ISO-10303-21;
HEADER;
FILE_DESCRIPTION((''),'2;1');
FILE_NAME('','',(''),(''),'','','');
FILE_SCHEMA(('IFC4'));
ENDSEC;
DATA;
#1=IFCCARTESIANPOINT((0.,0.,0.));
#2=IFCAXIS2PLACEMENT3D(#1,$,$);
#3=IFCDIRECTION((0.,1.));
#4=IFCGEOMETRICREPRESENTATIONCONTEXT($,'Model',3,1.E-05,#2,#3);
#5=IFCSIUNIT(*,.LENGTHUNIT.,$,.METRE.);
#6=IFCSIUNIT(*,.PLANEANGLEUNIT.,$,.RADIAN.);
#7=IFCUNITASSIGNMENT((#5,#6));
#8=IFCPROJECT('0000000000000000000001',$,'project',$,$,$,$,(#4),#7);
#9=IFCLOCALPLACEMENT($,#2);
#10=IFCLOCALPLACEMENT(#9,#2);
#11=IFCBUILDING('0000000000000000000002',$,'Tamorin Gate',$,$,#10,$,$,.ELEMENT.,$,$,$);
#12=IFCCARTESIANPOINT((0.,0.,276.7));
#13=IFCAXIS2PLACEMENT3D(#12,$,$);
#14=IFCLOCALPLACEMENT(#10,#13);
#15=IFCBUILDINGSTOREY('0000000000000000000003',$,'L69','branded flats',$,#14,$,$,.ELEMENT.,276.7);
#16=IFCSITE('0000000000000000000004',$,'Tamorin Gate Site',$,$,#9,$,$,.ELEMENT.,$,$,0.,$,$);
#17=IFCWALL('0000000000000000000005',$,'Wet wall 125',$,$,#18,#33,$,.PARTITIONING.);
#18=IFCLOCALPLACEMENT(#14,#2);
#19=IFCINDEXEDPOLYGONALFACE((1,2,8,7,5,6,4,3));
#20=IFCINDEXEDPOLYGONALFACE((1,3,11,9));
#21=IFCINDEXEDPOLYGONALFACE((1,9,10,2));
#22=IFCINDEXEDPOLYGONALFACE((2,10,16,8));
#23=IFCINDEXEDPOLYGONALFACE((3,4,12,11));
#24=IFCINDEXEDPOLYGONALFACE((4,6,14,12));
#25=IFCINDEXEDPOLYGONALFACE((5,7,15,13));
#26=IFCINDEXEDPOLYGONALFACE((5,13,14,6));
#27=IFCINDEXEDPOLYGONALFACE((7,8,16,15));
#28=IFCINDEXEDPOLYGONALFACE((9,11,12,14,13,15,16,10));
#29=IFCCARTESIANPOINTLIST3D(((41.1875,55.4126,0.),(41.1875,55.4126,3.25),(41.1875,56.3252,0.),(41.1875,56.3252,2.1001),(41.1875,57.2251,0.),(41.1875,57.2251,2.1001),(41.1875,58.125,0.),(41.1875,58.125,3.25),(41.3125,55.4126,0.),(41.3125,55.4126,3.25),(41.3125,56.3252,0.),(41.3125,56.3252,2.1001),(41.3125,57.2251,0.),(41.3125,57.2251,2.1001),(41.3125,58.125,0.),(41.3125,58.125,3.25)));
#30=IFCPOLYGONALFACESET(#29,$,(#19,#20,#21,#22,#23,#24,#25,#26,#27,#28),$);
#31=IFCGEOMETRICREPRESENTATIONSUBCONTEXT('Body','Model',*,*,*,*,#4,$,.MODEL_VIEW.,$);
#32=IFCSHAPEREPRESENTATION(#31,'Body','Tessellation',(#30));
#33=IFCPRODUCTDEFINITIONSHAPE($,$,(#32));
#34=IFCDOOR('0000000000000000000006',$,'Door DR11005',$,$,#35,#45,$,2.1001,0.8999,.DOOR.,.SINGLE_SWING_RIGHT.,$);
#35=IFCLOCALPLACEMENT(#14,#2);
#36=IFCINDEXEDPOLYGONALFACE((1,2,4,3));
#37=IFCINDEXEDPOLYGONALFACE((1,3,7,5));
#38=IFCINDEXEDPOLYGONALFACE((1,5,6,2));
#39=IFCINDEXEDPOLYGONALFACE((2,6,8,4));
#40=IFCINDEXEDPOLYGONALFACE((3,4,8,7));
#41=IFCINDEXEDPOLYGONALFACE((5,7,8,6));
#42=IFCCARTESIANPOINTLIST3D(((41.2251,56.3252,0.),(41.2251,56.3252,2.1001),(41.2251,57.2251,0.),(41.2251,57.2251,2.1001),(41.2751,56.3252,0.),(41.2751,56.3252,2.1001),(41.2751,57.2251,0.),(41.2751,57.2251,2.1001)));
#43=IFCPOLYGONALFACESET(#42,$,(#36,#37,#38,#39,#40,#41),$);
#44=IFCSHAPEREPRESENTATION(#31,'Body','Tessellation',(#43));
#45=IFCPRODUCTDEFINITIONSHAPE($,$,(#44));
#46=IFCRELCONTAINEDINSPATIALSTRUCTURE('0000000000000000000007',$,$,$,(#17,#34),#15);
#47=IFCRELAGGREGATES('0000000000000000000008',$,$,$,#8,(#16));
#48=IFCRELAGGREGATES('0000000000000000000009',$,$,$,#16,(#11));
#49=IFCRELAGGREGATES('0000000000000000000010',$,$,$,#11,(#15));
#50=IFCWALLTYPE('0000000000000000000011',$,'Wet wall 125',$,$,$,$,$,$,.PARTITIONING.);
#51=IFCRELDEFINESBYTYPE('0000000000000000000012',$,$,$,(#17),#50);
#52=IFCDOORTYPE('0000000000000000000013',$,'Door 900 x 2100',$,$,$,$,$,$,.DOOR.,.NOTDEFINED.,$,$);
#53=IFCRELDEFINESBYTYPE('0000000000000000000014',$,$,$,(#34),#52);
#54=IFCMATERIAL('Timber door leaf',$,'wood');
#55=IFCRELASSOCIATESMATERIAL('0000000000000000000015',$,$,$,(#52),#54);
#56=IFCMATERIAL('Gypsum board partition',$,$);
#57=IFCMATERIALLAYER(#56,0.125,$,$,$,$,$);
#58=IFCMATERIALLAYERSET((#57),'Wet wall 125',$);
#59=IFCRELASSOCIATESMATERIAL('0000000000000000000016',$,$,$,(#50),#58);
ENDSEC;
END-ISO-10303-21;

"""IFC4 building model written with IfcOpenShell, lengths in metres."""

from ifc_helpers import new_model, si_unit, direction, frame, frame_2d, origin, place, context, subcontext, project, spatial, rectangle, extrude, material, layer, layer_set, type_object, element, fill, save


model = new_model("IFC4")

# Units and contexts
model_context = context("Model", 3, precision=1e-05, world=origin(), true_north=direction((0.0, 1.0)))
body_context = subcontext(model_context, "Body", "Model", "MODEL_VIEW")
ifc_project = project(units=[si_unit("LENGTHUNIT", "METRE"), si_unit("PLANEANGLEUNIT", "RADIAN")], contexts=[model_context])

# Site, building, storey
site_placement = place(None, origin())
site = spatial("IfcSite", under=ifc_project, at=site_placement, Name="Tamorin Gate Site", CompositionType="ELEMENT", RefElevation=0.0)
building_placement = place(site_placement, origin())
building = spatial("IfcBuilding", under=site, at=building_placement, Name="Tamorin Gate", CompositionType="ELEMENT")
storey_placement = place(building_placement, frame((0.0, 0.0, 276.7)))
storey = spatial("IfcBuildingStorey", under=building, at=storey_placement, Name="L69", Description="branded flats", CompositionType="ELEMENT", Elevation=276.7)

# Shared definitions
ifc_material_1 = material(Name="Gypsum board partition")

# Shared definitions
ifc_material_2 = material(Name="Timber door leaf", Category="wood")
door_type = type_object("IfcDoorType", Name="Door 900 x 2100", OperationType="NOTDEFINED", PredefinedType="DOOR", material=ifc_material_2)

# Shared definitions
ifc_layer_1 = layer(ifc_material_1, 0.125)
ifc_layer_set_1 = layer_set([ifc_layer_1], Name="Wet wall 125")
wall_type_1 = type_object("IfcWallType", Name="Wet wall 125", PredefinedType="PARTITIONING", material=ifc_layer_set_1)

# Wall, opening, door
wall_1_placement = place(storey_placement, frame((41.25, 55.4126, 0.0), z_axis=(0.0, 0.0, 1.0), x_axis=(0.0, 1.0, 0.0)))
wall_1 = element("IfcWall", 1, at=wall_1_placement, inside=storey, type_object=wall_type_1, Name="Wet wall 125", PredefinedType="PARTITIONING", context=body_context, shape_type="SweptSolid", body=[
    extrude(rectangle(XDim=2.7124, YDim=0.125, at=frame_2d((1.3562, 0.0))), origin(), (0.0, 0.0, 1.0), 3.25),
])
opening_1_placement = place(wall_1_placement, frame((0.9126, 0.0, 0.0)))
opening_1 = element("IfcOpeningElement", 2, at=opening_1_placement, cuts=wall_1, PredefinedType="OPENING", context=body_context, shape_type="SweptSolid", body=[
    extrude(rectangle(XDim=0.8999, YDim=2.1001, at=frame_2d((0.45, 1.05))), frame((0.0, 0.0725, 0.0), z_axis=(0.0, -1.0, 0.0), x_axis=(1.0, 0.0, 0.0)), (0.0, 0.0, 1.0), 0.145),
])
door_1_placement = place(opening_1_placement, origin())
door_1 = element("IfcDoor", 3, at=door_1_placement, inside=storey, type_object=door_type, Name="Door DR11005", OperationType="SINGLE_SWING_RIGHT", OverallHeight=2.1001, OverallWidth=0.8999, PredefinedType="DOOR", context=body_context, shape_type="SweptSolid", body=[
    extrude(rectangle(XDim=0.8999, YDim=2.1001, at=frame_2d((0.45, 1.05))), frame((0.0, 0.0249, 0.0), z_axis=(0.0, -1.0, 0.0), x_axis=(1.0, 0.0, 0.0)), (0.0, 0.0, 1.0), 0.05),
])
fill(opening_1, door_1)

save(model, "model.ifc")
